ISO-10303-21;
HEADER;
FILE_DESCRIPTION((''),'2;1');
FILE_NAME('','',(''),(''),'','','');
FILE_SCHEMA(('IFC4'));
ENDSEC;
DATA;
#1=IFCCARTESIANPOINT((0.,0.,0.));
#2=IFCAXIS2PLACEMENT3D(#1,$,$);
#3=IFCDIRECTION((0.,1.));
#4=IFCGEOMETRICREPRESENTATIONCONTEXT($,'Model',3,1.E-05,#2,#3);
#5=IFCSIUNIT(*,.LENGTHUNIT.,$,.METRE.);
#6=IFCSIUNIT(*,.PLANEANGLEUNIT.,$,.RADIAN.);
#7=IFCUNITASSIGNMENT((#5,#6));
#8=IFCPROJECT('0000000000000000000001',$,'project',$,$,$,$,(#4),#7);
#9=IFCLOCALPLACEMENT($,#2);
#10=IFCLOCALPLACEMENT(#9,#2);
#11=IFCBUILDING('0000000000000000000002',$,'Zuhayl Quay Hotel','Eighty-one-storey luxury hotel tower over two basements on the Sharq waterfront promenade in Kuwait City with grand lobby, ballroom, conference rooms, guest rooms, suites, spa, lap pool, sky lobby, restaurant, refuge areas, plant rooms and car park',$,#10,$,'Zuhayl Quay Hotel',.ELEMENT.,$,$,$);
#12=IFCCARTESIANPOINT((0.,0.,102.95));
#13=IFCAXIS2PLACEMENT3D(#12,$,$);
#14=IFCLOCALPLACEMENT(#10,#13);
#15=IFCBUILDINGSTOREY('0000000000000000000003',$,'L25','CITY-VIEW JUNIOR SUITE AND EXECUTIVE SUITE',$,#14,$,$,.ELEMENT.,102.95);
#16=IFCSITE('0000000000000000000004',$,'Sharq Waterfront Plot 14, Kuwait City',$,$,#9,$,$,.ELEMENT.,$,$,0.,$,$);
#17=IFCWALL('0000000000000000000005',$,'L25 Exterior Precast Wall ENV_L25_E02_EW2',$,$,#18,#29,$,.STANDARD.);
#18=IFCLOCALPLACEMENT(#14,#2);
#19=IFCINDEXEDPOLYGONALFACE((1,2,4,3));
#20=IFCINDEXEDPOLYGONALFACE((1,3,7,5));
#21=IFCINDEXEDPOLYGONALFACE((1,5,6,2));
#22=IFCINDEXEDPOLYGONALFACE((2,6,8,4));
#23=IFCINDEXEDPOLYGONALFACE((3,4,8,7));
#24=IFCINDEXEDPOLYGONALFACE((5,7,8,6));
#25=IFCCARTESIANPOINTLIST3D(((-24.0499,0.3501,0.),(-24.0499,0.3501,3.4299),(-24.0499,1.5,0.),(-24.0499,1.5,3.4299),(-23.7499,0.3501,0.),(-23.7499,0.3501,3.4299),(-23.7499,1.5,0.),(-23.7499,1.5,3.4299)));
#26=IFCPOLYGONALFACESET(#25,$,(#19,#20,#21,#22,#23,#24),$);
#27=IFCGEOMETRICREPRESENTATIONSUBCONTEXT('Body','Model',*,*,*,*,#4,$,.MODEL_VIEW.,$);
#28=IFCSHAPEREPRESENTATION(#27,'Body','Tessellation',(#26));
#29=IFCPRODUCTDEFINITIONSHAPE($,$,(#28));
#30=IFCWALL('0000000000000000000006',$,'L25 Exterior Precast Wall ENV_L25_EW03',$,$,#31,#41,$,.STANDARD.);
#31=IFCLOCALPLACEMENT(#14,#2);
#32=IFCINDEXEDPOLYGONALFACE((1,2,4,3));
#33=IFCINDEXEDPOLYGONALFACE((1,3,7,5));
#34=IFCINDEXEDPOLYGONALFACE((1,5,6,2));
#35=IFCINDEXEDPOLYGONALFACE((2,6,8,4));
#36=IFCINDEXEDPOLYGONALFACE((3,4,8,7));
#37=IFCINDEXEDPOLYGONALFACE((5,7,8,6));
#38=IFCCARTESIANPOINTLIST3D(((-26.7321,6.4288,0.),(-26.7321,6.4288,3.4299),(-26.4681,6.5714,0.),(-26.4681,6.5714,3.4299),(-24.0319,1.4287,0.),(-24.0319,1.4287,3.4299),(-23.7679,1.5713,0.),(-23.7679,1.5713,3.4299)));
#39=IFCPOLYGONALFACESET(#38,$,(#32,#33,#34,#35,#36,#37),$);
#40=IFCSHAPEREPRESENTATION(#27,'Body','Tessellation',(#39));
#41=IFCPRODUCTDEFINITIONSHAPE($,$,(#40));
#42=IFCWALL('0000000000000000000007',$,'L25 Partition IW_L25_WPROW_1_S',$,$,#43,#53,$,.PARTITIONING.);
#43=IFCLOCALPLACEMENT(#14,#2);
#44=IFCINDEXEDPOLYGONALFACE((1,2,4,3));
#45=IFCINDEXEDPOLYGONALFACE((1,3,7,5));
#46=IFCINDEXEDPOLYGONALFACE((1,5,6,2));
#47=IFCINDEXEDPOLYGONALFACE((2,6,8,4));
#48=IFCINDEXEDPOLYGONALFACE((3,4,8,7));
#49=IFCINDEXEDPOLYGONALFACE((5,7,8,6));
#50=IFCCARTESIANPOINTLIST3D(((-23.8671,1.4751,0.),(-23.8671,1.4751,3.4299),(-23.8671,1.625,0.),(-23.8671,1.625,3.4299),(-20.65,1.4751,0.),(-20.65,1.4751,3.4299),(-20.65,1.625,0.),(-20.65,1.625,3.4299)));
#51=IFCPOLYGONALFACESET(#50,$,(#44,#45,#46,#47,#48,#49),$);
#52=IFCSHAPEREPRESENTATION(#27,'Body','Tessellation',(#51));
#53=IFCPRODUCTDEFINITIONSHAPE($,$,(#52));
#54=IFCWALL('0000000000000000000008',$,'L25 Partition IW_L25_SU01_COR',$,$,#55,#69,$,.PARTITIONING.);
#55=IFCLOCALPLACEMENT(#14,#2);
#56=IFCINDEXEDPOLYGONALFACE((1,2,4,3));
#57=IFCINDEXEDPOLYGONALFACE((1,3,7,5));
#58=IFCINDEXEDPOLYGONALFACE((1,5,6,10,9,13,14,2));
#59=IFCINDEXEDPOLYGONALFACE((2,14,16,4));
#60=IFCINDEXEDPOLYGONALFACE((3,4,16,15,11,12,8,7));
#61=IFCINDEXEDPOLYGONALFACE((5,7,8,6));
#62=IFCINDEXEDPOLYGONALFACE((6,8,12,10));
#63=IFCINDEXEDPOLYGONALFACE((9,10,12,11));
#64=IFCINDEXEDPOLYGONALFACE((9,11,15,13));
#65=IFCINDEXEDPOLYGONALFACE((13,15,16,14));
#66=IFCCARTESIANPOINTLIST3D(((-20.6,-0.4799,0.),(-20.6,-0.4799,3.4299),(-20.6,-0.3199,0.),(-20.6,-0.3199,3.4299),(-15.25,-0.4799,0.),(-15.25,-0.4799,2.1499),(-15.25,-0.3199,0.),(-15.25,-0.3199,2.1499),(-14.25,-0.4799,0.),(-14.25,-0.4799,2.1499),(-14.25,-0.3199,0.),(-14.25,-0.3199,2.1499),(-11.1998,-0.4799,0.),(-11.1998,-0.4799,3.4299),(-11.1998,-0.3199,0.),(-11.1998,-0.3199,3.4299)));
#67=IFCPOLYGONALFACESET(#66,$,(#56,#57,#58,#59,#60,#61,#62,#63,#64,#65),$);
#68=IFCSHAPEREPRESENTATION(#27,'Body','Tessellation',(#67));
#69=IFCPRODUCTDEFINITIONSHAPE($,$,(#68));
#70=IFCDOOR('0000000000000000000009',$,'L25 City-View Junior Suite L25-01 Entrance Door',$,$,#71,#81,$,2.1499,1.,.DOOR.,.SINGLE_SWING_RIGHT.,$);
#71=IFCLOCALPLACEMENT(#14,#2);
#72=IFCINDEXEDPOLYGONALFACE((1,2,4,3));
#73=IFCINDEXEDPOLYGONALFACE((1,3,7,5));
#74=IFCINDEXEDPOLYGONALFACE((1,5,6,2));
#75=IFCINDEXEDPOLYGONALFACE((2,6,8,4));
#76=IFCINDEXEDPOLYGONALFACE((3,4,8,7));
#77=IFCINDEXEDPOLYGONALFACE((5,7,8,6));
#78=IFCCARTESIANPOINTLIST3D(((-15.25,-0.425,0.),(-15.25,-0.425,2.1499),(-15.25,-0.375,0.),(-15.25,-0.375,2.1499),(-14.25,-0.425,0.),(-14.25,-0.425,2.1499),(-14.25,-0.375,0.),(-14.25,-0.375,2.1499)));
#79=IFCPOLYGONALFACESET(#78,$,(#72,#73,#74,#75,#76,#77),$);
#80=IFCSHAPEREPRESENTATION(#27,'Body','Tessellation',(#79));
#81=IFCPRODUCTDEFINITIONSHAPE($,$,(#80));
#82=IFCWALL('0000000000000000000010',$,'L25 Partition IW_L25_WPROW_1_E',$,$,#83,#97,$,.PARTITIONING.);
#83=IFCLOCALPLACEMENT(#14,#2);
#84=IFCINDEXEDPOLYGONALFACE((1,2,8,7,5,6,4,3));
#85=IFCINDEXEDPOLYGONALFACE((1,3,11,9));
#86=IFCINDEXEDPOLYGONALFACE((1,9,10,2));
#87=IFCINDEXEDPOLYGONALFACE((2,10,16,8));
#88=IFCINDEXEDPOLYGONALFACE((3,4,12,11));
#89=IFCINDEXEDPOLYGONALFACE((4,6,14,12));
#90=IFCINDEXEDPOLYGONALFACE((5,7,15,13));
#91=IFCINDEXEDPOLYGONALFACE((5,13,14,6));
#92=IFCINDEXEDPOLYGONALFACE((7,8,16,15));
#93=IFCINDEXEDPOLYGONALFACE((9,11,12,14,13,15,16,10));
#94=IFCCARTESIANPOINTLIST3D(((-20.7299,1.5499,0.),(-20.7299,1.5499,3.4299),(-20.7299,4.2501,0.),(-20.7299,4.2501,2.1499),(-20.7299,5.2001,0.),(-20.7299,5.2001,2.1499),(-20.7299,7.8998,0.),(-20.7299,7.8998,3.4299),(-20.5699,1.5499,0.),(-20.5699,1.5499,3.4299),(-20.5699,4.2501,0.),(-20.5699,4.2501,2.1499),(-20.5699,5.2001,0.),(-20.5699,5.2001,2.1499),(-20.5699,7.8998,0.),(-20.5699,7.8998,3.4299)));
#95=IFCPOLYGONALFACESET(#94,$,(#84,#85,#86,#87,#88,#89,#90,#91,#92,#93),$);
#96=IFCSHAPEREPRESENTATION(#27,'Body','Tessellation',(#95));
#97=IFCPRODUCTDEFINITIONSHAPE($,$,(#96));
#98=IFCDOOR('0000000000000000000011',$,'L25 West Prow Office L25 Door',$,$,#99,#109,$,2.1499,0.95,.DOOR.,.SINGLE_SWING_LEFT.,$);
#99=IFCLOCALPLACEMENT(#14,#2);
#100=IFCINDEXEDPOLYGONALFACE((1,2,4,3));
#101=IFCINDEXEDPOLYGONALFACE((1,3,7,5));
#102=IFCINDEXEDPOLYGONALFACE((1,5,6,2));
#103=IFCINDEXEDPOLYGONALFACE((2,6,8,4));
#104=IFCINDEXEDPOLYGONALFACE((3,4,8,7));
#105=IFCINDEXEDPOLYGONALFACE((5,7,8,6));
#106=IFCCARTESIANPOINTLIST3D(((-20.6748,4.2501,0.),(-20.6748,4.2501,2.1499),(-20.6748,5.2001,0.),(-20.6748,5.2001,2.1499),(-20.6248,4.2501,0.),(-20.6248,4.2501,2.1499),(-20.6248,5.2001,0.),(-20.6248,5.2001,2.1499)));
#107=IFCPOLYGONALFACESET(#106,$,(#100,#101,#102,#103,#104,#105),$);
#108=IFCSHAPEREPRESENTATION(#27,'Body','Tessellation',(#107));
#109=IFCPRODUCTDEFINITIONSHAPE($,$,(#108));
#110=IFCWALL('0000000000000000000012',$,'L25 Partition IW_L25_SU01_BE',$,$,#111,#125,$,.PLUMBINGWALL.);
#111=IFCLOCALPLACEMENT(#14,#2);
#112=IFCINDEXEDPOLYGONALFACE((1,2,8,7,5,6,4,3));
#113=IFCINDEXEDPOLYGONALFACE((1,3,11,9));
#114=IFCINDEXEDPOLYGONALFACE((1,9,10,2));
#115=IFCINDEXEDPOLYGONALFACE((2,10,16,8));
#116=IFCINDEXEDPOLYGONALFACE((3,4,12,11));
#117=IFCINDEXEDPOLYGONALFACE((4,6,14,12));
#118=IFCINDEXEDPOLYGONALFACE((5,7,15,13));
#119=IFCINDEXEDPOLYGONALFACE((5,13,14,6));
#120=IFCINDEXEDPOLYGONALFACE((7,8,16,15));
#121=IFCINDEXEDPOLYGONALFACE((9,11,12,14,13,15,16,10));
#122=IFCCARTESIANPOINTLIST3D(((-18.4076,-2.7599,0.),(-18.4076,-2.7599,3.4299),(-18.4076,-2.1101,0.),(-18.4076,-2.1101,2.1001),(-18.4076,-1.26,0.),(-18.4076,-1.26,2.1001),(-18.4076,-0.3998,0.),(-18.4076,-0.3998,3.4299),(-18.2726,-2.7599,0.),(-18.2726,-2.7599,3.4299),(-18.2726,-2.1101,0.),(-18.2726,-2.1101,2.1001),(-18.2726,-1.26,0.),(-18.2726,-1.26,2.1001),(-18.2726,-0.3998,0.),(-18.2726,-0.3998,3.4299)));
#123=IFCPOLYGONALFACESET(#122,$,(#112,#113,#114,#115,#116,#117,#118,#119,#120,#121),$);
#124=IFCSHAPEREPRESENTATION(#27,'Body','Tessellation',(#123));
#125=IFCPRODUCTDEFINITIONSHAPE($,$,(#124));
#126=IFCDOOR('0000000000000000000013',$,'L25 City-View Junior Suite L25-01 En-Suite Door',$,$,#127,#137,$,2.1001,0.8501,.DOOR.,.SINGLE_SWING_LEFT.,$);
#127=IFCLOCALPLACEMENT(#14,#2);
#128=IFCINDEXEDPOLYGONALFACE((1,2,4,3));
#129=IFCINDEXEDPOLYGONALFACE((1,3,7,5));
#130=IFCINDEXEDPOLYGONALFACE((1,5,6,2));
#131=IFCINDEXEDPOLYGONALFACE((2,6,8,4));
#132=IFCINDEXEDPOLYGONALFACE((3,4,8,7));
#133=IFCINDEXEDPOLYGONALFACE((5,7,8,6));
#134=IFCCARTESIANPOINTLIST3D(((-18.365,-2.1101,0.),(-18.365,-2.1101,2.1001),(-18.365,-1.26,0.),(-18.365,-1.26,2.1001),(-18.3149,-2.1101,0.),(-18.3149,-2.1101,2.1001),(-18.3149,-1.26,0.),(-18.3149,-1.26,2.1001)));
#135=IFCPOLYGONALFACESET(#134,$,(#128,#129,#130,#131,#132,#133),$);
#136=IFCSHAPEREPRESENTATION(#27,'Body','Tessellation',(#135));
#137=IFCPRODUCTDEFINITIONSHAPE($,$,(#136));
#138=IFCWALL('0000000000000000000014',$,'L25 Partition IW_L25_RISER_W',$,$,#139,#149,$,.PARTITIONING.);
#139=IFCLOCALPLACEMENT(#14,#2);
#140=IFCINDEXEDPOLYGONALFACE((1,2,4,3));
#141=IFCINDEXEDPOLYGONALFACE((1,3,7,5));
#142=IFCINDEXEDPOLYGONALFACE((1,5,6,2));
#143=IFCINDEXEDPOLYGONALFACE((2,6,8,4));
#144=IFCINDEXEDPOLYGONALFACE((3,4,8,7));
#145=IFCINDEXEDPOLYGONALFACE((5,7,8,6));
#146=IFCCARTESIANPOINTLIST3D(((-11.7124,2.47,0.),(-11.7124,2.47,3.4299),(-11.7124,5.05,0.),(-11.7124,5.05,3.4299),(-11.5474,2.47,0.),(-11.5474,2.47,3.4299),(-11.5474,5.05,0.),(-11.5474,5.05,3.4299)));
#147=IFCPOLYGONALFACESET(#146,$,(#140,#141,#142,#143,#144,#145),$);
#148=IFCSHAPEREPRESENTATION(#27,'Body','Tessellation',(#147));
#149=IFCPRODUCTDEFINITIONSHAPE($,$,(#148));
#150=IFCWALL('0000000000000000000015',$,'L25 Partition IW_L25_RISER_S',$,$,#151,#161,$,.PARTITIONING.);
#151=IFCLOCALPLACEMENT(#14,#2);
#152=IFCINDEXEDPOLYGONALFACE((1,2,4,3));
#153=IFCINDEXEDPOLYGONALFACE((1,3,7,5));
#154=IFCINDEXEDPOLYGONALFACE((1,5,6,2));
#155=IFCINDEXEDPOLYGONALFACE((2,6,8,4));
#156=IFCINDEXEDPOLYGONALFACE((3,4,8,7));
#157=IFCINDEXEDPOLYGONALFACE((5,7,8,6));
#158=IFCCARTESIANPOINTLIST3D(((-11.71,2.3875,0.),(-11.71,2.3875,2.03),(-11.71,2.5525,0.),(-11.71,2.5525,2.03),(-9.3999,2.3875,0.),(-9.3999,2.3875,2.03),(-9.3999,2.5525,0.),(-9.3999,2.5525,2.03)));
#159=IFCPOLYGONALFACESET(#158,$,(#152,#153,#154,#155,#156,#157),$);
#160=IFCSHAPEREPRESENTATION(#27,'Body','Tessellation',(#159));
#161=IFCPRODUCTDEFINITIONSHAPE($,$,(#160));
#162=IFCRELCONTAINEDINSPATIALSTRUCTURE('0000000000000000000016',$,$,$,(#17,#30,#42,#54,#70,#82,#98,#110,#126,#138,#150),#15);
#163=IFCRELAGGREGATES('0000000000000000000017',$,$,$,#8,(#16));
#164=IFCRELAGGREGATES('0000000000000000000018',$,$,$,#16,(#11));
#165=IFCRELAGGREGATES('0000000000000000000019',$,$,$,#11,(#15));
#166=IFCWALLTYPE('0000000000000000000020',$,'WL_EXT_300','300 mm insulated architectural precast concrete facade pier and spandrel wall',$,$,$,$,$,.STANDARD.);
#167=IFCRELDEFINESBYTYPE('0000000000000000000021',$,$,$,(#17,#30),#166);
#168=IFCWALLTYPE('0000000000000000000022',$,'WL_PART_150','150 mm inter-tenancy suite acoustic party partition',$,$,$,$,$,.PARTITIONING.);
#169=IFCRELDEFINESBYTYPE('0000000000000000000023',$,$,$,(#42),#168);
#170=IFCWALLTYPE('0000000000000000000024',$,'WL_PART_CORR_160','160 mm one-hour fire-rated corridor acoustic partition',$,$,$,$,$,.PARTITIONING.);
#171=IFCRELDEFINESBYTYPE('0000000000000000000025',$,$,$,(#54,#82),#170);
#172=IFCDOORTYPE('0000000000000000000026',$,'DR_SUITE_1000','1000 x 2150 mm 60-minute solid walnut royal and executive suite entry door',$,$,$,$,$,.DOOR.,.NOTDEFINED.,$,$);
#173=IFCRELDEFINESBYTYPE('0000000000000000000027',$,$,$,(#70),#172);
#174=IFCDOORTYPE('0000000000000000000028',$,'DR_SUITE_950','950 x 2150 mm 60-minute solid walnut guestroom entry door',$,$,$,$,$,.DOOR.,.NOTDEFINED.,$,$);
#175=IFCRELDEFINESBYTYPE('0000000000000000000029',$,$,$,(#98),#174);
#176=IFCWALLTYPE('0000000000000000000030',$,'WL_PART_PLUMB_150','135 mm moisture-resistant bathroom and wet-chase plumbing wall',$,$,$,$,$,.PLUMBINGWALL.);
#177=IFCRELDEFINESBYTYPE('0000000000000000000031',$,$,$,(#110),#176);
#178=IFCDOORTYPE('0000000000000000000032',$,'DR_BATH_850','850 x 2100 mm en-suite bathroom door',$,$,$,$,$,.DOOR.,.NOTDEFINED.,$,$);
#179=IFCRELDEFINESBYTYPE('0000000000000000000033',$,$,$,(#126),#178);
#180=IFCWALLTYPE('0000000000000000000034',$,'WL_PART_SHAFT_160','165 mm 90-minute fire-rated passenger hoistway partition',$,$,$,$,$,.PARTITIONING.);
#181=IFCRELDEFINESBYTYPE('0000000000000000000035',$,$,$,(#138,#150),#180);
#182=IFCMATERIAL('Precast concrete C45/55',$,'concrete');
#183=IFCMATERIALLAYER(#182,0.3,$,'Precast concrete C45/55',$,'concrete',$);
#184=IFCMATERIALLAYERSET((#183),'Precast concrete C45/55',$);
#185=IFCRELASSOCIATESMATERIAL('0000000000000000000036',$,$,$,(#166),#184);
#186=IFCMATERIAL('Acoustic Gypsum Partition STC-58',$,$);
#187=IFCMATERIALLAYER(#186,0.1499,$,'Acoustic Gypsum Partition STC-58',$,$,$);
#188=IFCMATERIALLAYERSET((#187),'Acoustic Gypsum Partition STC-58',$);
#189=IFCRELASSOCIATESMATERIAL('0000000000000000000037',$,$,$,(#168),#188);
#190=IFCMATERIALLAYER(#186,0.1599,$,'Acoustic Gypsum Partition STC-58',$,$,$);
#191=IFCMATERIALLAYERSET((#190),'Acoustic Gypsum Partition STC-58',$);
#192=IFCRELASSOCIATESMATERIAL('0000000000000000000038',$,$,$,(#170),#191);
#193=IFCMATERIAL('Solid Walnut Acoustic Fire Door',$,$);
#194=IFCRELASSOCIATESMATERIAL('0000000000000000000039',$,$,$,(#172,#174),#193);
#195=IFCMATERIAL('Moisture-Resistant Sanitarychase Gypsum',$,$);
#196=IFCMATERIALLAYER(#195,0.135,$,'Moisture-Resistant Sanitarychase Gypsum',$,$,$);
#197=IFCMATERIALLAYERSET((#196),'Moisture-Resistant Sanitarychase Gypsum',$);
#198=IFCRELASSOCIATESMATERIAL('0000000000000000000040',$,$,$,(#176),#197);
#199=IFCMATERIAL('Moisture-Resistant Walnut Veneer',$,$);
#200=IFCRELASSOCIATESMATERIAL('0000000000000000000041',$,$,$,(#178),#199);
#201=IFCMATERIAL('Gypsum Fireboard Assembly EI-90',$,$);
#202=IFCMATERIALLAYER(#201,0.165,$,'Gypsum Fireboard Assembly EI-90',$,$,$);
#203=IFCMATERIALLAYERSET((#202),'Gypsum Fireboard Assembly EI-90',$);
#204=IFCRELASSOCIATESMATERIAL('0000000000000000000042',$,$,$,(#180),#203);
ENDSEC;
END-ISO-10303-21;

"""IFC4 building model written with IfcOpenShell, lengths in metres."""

from ifc_helpers import new_model, si_unit, direction, frame, frame_2d, origin, place, context, subcontext, project, spatial, rectangle, extrude, material, layer, layer_set, type_object, element, fill, save


model = new_model("IFC4")

# Units and contexts
model_context = context("Model", 3, precision=1e-05, world=origin(), true_north=direction((0.0, 1.0)))
body_context = subcontext(model_context, "Body", "Model", "MODEL_VIEW")
ifc_project = project(units=[si_unit("LENGTHUNIT", "METRE"), si_unit("PLANEANGLEUNIT", "RADIAN")], contexts=[model_context])

# Site, building, storey
site_placement = place(None, origin())
site = spatial("IfcSite", under=ifc_project, at=site_placement, Name="Sharq Waterfront Plot 14, Kuwait City", CompositionType="ELEMENT", RefElevation=0.0)
building_placement = place(site_placement, origin())
building = spatial("IfcBuilding", under=site, at=building_placement, Name="Zuhayl Quay Hotel", Description="Eighty-one-storey luxury hotel tower over two basements on the Sharq waterfront promenade in Kuwait City with grand lobby, ballroom, conference rooms, guest rooms, suites, spa, lap pool, sky lobby, restaurant, refuge areas, plant rooms and car park", LongName="Zuhayl Quay Hotel", CompositionType="ELEMENT")
storey_placement = place(building_placement, frame((0.0, 0.0, 102.95)))
storey = spatial("IfcBuildingStorey", under=building, at=storey_placement, Name="L25", Description="CITY-VIEW JUNIOR SUITE AND EXECUTIVE SUITE", CompositionType="ELEMENT", Elevation=102.95)

# Walls
ifc_material_1 = material(Name="Precast concrete C45/55", Category="concrete")
ifc_layer_1 = layer(ifc_material_1, 0.3, Name="Precast concrete C45/55", Category="concrete")
ifc_layer_set_1 = layer_set([ifc_layer_1], Name="Precast concrete C45/55")
wall_type_1 = type_object("IfcWallType", Name="WL_EXT_300", Description="300 mm insulated architectural precast concrete facade pier and spandrel wall", PredefinedType="STANDARD", material=ifc_layer_set_1)
wall_1_placement = place(storey_placement, frame((-23.8999, 0.3501, 0.0), z_axis=(0.0, 0.0, 1.0), x_axis=(0.0, 1.0, 0.0)))
element("IfcWall", 1, at=wall_1_placement, inside=storey, type_object=wall_type_1, Name="L25 Exterior Precast Wall ENV_L25_E02_EW2", PredefinedType="STANDARD", context=body_context, shape_type="SweptSolid", body=[
    extrude(rectangle(XDim=1.1499, YDim=0.3, at=frame_2d((0.575, 0.0))), origin(), (0.0, 0.0, 1.0), 3.4299),
])
wall_2_placement = place(storey_placement, frame((-23.8999, 1.5, 0.0), z_axis=(0.0, 0.0, 1.0), x_axis=(-0.475176, 0.879891, 0.0)))
element("IfcWall", 2, at=wall_2_placement, inside=storey, type_object=wall_type_1, Name="L25 Exterior Precast Wall ENV_L25_EW03", PredefinedType="STANDARD", context=body_context, shape_type="SweptSolid", body=[
    extrude(rectangle(XDim=5.6826, YDim=0.3, at=frame_2d((2.8413, 0.0))), origin(), (0.0, 0.0, 1.0), 3.4299),
])
ifc_material_2 = material(Name="Acoustic Gypsum Partition STC-58")
ifc_layer_2 = layer(ifc_material_2, 0.1499, Name="Acoustic Gypsum Partition STC-58")
ifc_layer_set_2 = layer_set([ifc_layer_2], Name="Acoustic Gypsum Partition STC-58")
wall_type_2 = type_object("IfcWallType", Name="WL_PART_150", Description="150 mm inter-tenancy suite acoustic party partition", PredefinedType="PARTITIONING", material=ifc_layer_set_2)
wall_3_placement = place(storey_placement, frame((-23.8669, 1.55, 0.0), z_axis=(0.0, 0.0, 1.0), x_axis=(1.0, 0.0, 0.0)))
element("IfcWall", 3, at=wall_3_placement, inside=storey, type_object=wall_type_2, Name="L25 Partition IW_L25_WPROW_1_S", PredefinedType="PARTITIONING", context=body_context, shape_type="SweptSolid", body=[
    extrude(rectangle(XDim=3.217, YDim=0.1499, at=frame_2d((1.6084, 0.0))), origin(), (0.0, 0.0, 1.0), 3.4299),
])

# Walls, openings, doors
ifc_layer_3 = layer(ifc_material_2, 0.1599, Name="Acoustic Gypsum Partition STC-58")
ifc_layer_set_3 = layer_set([ifc_layer_3], Name="Acoustic Gypsum Partition STC-58")
wall_type_3 = type_object("IfcWallType", Name="WL_PART_CORR_160", Description="160 mm one-hour fire-rated corridor acoustic partition", PredefinedType="PARTITIONING", material=ifc_layer_set_3)
wall_4_placement = place(storey_placement, frame((-20.6001, -0.3999, 0.0), z_axis=(0.0, 0.0, 1.0), x_axis=(1.0, 0.0, 0.0)))
wall_4 = element("IfcWall", 4, at=wall_4_placement, inside=storey, type_object=wall_type_3, Name="L25 Partition IW_L25_SU01_COR", PredefinedType="PARTITIONING", context=body_context, shape_type="SweptSolid", body=[
    extrude(rectangle(XDim=9.4001, YDim=0.1599, at=frame_2d((4.7002, 0.0))), origin(), (0.0, 0.0, 1.0), 3.4299),
])
opening_1_placement = place(wall_4_placement, frame((5.3501, 0.0, 0.0)))
opening_1 = element("IfcOpeningElement", 5, at=opening_1_placement, cuts=wall_4, PredefinedType="OPENING", context=body_context, shape_type="SweptSolid", body=[
    extrude(rectangle(XDim=1.0, YDim=2.1499, at=frame_2d((0.5, 1.075))), frame((0.0, 0.0898, 0.0), z_axis=(0.0, -1.0, 0.0), x_axis=(1.0, 0.0, 0.0)), (0.0, 0.0, 1.0), 0.1799),
])
ifc_material_3 = material(Name="Solid Walnut Acoustic Fire Door")
door_type_1 = type_object("IfcDoorType", Name="DR_SUITE_1000", Description="1000 x 2150 mm 60-minute solid walnut royal and executive suite entry door", OperationType="NOTDEFINED", PredefinedType="DOOR", material=ifc_material_3)
door_1_placement = place(opening_1_placement, origin())
door_1 = element("IfcDoor", 6, at=door_1_placement, inside=storey, type_object=door_type_1, Name="L25 City-View Junior Suite L25-01 Entrance Door", OperationType="SINGLE_SWING_RIGHT", OverallHeight=2.1499, OverallWidth=1.0, PredefinedType="DOOR", context=body_context, shape_type="SweptSolid", body=[
    extrude(rectangle(XDim=1.0, YDim=2.1499, at=frame_2d((0.5, 1.075))), frame((0.0, 0.0249, 0.0), z_axis=(0.0, -1.0, 0.0), x_axis=(1.0, 0.0, 0.0)), (0.0, 0.0, 1.0), 0.05),
])
fill(opening_1, door_1)
wall_5_placement = place(storey_placement, frame((-20.6499, 1.55, 0.0), z_axis=(0.0, 0.0, 1.0), x_axis=(0.0, 1.0, 0.0)))
wall_5 = element("IfcWall", 7, at=wall_5_placement, inside=storey, type_object=wall_type_3, Name="L25 Partition IW_L25_WPROW_1_E", PredefinedType="PARTITIONING", context=body_context, shape_type="SweptSolid", body=[
    extrude(rectangle(XDim=6.3499, YDim=0.1599, at=frame_2d((3.1748, 0.0))), origin(), (0.0, 0.0, 1.0), 3.4299),
])
opening_2_placement = place(wall_5_placement, frame((2.7, 0.0, 0.0)))
opening_2 = element("IfcOpeningElement", 8, at=opening_2_placement, cuts=wall_5, PredefinedType="OPENING", context=body_context, shape_type="SweptSolid", body=[
    extrude(rectangle(XDim=0.95, YDim=2.1499, at=frame_2d((0.4751, 1.075))), frame((0.0, 0.0898, 0.0), z_axis=(0.0, -1.0, 0.0), x_axis=(1.0, 0.0, 0.0)), (0.0, 0.0, 1.0), 0.1799),
])
door_type_2 = type_object("IfcDoorType", Name="DR_SUITE_950", Description="950 x 2150 mm 60-minute solid walnut guestroom entry door", OperationType="NOTDEFINED", PredefinedType="DOOR", material=ifc_material_3)
door_2_placement = place(opening_2_placement, origin())
door_2 = element("IfcDoor", 9, at=door_2_placement, inside=storey, type_object=door_type_2, Name="L25 West Prow Office L25 Door", OperationType="SINGLE_SWING_LEFT", OverallHeight=2.1499, OverallWidth=0.95, PredefinedType="DOOR", context=body_context, shape_type="SweptSolid", body=[
    extrude(rectangle(XDim=0.95, YDim=2.1499, at=frame_2d((0.4751, 1.075))), frame((0.0, 0.0249, 0.0), z_axis=(0.0, -1.0, 0.0), x_axis=(1.0, 0.0, 0.0)), (0.0, 0.0, 1.0), 0.05),
])
fill(opening_2, door_2)
ifc_material_4 = material(Name="Moisture-Resistant Sanitarychase Gypsum")
ifc_layer_4 = layer(ifc_material_4, 0.135, Name="Moisture-Resistant Sanitarychase Gypsum")
ifc_layer_set_4 = layer_set([ifc_layer_4], Name="Moisture-Resistant Sanitarychase Gypsum")
wall_type_4 = type_object("IfcWallType", Name="WL_PART_PLUMB_150", Description="135 mm moisture-resistant bathroom and wet-chase plumbing wall", PredefinedType="PLUMBINGWALL", material=ifc_layer_set_4)
wall_6_placement = place(storey_placement, frame((-18.3401, -2.76, 0.0), z_axis=(0.0, 0.0, 1.0), x_axis=(0.0, 1.0, 0.0)))
wall_6 = element("IfcWall", 10, at=wall_6_placement, inside=storey, type_object=wall_type_4, Name="L25 Partition IW_L25_SU01_BE", PredefinedType="PLUMBINGWALL", context=body_context, shape_type="SweptSolid", body=[
    extrude(rectangle(XDim=2.3601, YDim=0.135, at=frame_2d((1.1802, 0.0))), origin(), (0.0, 0.0, 1.0), 3.4299),
])
opening_3_placement = place(wall_6_placement, frame((0.6499, 0.0, 0.0)))
opening_3 = element("IfcOpeningElement", 11, at=opening_3_placement, cuts=wall_6, PredefinedType="OPENING", context=body_context, shape_type="SweptSolid", body=[
    extrude(rectangle(XDim=0.8501, YDim=2.1001, at=frame_2d((0.425, 1.05))), frame((0.0, 0.0774, 0.0), z_axis=(0.0, -1.0, 0.0), x_axis=(1.0, 0.0, 0.0)), (0.0, 0.0, 1.0), 0.155),
])
ifc_material_5 = material(Name="Moisture-Resistant Walnut Veneer")
door_type_3 = type_object("IfcDoorType", Name="DR_BATH_850", Description="850 x 2100 mm en-suite bathroom door", OperationType="NOTDEFINED", PredefinedType="DOOR", material=ifc_material_5)
door_3_placement = place(opening_3_placement, origin())
door_3 = element("IfcDoor", 12, at=door_3_placement, inside=storey, type_object=door_type_3, Name="L25 City-View Junior Suite L25-01 En-Suite Door", OperationType="SINGLE_SWING_LEFT", OverallHeight=2.1001, OverallWidth=0.8501, PredefinedType="DOOR", context=body_context, shape_type="SweptSolid", body=[
    extrude(rectangle(XDim=0.8501, YDim=2.1001, at=frame_2d((0.425, 1.05))), frame((0.0, 0.0249, 0.0), z_axis=(0.0, -1.0, 0.0), x_axis=(1.0, 0.0, 0.0)), (0.0, 0.0, 1.0), 0.05),
])
fill(opening_3, door_3)

# Walls
ifc_material_6 = material(Name="Gypsum Fireboard Assembly EI-90")
ifc_layer_5 = layer(ifc_material_6, 0.165, Name="Gypsum Fireboard Assembly EI-90")
ifc_layer_set_5 = layer_set([ifc_layer_5], Name="Gypsum Fireboard Assembly EI-90")
wall_type_5 = type_object("IfcWallType", Name="WL_PART_SHAFT_160", Description="165 mm 90-minute fire-rated passenger hoistway partition", PredefinedType="PARTITIONING", material=ifc_layer_set_5)
wall_7_placement = place(storey_placement, frame((-11.6299, 2.47, 0.0), z_axis=(0.0, 0.0, 1.0), x_axis=(0.0, 1.0, 0.0)))
element("IfcWall", 13, at=wall_7_placement, inside=storey, type_object=wall_type_5, Name="L25 Partition IW_L25_RISER_W", PredefinedType="PARTITIONING", context=body_context, shape_type="SweptSolid", body=[
    extrude(rectangle(XDim=2.5801, YDim=0.165, at=frame_2d((1.29, 0.0))), origin(), (0.0, 0.0, 1.0), 3.4299),
])
wall_8_placement = place(storey_placement, frame((-11.71, 2.47, 0.0), z_axis=(0.0, 0.0, 1.0), x_axis=(1.0, 0.0, 0.0)))
element("IfcWall", 14, at=wall_8_placement, inside=storey, type_object=wall_type_5, Name="L25 Partition IW_L25_RISER_S", PredefinedType="PARTITIONING", context=body_context, shape_type="SweptSolid", body=[
    extrude(rectangle(XDim=2.3101, YDim=0.165, at=frame_2d((1.155, 0.0))), origin(), (0.0, 0.0, 1.0), 2.03),
])

save(model, "model.ifc")
